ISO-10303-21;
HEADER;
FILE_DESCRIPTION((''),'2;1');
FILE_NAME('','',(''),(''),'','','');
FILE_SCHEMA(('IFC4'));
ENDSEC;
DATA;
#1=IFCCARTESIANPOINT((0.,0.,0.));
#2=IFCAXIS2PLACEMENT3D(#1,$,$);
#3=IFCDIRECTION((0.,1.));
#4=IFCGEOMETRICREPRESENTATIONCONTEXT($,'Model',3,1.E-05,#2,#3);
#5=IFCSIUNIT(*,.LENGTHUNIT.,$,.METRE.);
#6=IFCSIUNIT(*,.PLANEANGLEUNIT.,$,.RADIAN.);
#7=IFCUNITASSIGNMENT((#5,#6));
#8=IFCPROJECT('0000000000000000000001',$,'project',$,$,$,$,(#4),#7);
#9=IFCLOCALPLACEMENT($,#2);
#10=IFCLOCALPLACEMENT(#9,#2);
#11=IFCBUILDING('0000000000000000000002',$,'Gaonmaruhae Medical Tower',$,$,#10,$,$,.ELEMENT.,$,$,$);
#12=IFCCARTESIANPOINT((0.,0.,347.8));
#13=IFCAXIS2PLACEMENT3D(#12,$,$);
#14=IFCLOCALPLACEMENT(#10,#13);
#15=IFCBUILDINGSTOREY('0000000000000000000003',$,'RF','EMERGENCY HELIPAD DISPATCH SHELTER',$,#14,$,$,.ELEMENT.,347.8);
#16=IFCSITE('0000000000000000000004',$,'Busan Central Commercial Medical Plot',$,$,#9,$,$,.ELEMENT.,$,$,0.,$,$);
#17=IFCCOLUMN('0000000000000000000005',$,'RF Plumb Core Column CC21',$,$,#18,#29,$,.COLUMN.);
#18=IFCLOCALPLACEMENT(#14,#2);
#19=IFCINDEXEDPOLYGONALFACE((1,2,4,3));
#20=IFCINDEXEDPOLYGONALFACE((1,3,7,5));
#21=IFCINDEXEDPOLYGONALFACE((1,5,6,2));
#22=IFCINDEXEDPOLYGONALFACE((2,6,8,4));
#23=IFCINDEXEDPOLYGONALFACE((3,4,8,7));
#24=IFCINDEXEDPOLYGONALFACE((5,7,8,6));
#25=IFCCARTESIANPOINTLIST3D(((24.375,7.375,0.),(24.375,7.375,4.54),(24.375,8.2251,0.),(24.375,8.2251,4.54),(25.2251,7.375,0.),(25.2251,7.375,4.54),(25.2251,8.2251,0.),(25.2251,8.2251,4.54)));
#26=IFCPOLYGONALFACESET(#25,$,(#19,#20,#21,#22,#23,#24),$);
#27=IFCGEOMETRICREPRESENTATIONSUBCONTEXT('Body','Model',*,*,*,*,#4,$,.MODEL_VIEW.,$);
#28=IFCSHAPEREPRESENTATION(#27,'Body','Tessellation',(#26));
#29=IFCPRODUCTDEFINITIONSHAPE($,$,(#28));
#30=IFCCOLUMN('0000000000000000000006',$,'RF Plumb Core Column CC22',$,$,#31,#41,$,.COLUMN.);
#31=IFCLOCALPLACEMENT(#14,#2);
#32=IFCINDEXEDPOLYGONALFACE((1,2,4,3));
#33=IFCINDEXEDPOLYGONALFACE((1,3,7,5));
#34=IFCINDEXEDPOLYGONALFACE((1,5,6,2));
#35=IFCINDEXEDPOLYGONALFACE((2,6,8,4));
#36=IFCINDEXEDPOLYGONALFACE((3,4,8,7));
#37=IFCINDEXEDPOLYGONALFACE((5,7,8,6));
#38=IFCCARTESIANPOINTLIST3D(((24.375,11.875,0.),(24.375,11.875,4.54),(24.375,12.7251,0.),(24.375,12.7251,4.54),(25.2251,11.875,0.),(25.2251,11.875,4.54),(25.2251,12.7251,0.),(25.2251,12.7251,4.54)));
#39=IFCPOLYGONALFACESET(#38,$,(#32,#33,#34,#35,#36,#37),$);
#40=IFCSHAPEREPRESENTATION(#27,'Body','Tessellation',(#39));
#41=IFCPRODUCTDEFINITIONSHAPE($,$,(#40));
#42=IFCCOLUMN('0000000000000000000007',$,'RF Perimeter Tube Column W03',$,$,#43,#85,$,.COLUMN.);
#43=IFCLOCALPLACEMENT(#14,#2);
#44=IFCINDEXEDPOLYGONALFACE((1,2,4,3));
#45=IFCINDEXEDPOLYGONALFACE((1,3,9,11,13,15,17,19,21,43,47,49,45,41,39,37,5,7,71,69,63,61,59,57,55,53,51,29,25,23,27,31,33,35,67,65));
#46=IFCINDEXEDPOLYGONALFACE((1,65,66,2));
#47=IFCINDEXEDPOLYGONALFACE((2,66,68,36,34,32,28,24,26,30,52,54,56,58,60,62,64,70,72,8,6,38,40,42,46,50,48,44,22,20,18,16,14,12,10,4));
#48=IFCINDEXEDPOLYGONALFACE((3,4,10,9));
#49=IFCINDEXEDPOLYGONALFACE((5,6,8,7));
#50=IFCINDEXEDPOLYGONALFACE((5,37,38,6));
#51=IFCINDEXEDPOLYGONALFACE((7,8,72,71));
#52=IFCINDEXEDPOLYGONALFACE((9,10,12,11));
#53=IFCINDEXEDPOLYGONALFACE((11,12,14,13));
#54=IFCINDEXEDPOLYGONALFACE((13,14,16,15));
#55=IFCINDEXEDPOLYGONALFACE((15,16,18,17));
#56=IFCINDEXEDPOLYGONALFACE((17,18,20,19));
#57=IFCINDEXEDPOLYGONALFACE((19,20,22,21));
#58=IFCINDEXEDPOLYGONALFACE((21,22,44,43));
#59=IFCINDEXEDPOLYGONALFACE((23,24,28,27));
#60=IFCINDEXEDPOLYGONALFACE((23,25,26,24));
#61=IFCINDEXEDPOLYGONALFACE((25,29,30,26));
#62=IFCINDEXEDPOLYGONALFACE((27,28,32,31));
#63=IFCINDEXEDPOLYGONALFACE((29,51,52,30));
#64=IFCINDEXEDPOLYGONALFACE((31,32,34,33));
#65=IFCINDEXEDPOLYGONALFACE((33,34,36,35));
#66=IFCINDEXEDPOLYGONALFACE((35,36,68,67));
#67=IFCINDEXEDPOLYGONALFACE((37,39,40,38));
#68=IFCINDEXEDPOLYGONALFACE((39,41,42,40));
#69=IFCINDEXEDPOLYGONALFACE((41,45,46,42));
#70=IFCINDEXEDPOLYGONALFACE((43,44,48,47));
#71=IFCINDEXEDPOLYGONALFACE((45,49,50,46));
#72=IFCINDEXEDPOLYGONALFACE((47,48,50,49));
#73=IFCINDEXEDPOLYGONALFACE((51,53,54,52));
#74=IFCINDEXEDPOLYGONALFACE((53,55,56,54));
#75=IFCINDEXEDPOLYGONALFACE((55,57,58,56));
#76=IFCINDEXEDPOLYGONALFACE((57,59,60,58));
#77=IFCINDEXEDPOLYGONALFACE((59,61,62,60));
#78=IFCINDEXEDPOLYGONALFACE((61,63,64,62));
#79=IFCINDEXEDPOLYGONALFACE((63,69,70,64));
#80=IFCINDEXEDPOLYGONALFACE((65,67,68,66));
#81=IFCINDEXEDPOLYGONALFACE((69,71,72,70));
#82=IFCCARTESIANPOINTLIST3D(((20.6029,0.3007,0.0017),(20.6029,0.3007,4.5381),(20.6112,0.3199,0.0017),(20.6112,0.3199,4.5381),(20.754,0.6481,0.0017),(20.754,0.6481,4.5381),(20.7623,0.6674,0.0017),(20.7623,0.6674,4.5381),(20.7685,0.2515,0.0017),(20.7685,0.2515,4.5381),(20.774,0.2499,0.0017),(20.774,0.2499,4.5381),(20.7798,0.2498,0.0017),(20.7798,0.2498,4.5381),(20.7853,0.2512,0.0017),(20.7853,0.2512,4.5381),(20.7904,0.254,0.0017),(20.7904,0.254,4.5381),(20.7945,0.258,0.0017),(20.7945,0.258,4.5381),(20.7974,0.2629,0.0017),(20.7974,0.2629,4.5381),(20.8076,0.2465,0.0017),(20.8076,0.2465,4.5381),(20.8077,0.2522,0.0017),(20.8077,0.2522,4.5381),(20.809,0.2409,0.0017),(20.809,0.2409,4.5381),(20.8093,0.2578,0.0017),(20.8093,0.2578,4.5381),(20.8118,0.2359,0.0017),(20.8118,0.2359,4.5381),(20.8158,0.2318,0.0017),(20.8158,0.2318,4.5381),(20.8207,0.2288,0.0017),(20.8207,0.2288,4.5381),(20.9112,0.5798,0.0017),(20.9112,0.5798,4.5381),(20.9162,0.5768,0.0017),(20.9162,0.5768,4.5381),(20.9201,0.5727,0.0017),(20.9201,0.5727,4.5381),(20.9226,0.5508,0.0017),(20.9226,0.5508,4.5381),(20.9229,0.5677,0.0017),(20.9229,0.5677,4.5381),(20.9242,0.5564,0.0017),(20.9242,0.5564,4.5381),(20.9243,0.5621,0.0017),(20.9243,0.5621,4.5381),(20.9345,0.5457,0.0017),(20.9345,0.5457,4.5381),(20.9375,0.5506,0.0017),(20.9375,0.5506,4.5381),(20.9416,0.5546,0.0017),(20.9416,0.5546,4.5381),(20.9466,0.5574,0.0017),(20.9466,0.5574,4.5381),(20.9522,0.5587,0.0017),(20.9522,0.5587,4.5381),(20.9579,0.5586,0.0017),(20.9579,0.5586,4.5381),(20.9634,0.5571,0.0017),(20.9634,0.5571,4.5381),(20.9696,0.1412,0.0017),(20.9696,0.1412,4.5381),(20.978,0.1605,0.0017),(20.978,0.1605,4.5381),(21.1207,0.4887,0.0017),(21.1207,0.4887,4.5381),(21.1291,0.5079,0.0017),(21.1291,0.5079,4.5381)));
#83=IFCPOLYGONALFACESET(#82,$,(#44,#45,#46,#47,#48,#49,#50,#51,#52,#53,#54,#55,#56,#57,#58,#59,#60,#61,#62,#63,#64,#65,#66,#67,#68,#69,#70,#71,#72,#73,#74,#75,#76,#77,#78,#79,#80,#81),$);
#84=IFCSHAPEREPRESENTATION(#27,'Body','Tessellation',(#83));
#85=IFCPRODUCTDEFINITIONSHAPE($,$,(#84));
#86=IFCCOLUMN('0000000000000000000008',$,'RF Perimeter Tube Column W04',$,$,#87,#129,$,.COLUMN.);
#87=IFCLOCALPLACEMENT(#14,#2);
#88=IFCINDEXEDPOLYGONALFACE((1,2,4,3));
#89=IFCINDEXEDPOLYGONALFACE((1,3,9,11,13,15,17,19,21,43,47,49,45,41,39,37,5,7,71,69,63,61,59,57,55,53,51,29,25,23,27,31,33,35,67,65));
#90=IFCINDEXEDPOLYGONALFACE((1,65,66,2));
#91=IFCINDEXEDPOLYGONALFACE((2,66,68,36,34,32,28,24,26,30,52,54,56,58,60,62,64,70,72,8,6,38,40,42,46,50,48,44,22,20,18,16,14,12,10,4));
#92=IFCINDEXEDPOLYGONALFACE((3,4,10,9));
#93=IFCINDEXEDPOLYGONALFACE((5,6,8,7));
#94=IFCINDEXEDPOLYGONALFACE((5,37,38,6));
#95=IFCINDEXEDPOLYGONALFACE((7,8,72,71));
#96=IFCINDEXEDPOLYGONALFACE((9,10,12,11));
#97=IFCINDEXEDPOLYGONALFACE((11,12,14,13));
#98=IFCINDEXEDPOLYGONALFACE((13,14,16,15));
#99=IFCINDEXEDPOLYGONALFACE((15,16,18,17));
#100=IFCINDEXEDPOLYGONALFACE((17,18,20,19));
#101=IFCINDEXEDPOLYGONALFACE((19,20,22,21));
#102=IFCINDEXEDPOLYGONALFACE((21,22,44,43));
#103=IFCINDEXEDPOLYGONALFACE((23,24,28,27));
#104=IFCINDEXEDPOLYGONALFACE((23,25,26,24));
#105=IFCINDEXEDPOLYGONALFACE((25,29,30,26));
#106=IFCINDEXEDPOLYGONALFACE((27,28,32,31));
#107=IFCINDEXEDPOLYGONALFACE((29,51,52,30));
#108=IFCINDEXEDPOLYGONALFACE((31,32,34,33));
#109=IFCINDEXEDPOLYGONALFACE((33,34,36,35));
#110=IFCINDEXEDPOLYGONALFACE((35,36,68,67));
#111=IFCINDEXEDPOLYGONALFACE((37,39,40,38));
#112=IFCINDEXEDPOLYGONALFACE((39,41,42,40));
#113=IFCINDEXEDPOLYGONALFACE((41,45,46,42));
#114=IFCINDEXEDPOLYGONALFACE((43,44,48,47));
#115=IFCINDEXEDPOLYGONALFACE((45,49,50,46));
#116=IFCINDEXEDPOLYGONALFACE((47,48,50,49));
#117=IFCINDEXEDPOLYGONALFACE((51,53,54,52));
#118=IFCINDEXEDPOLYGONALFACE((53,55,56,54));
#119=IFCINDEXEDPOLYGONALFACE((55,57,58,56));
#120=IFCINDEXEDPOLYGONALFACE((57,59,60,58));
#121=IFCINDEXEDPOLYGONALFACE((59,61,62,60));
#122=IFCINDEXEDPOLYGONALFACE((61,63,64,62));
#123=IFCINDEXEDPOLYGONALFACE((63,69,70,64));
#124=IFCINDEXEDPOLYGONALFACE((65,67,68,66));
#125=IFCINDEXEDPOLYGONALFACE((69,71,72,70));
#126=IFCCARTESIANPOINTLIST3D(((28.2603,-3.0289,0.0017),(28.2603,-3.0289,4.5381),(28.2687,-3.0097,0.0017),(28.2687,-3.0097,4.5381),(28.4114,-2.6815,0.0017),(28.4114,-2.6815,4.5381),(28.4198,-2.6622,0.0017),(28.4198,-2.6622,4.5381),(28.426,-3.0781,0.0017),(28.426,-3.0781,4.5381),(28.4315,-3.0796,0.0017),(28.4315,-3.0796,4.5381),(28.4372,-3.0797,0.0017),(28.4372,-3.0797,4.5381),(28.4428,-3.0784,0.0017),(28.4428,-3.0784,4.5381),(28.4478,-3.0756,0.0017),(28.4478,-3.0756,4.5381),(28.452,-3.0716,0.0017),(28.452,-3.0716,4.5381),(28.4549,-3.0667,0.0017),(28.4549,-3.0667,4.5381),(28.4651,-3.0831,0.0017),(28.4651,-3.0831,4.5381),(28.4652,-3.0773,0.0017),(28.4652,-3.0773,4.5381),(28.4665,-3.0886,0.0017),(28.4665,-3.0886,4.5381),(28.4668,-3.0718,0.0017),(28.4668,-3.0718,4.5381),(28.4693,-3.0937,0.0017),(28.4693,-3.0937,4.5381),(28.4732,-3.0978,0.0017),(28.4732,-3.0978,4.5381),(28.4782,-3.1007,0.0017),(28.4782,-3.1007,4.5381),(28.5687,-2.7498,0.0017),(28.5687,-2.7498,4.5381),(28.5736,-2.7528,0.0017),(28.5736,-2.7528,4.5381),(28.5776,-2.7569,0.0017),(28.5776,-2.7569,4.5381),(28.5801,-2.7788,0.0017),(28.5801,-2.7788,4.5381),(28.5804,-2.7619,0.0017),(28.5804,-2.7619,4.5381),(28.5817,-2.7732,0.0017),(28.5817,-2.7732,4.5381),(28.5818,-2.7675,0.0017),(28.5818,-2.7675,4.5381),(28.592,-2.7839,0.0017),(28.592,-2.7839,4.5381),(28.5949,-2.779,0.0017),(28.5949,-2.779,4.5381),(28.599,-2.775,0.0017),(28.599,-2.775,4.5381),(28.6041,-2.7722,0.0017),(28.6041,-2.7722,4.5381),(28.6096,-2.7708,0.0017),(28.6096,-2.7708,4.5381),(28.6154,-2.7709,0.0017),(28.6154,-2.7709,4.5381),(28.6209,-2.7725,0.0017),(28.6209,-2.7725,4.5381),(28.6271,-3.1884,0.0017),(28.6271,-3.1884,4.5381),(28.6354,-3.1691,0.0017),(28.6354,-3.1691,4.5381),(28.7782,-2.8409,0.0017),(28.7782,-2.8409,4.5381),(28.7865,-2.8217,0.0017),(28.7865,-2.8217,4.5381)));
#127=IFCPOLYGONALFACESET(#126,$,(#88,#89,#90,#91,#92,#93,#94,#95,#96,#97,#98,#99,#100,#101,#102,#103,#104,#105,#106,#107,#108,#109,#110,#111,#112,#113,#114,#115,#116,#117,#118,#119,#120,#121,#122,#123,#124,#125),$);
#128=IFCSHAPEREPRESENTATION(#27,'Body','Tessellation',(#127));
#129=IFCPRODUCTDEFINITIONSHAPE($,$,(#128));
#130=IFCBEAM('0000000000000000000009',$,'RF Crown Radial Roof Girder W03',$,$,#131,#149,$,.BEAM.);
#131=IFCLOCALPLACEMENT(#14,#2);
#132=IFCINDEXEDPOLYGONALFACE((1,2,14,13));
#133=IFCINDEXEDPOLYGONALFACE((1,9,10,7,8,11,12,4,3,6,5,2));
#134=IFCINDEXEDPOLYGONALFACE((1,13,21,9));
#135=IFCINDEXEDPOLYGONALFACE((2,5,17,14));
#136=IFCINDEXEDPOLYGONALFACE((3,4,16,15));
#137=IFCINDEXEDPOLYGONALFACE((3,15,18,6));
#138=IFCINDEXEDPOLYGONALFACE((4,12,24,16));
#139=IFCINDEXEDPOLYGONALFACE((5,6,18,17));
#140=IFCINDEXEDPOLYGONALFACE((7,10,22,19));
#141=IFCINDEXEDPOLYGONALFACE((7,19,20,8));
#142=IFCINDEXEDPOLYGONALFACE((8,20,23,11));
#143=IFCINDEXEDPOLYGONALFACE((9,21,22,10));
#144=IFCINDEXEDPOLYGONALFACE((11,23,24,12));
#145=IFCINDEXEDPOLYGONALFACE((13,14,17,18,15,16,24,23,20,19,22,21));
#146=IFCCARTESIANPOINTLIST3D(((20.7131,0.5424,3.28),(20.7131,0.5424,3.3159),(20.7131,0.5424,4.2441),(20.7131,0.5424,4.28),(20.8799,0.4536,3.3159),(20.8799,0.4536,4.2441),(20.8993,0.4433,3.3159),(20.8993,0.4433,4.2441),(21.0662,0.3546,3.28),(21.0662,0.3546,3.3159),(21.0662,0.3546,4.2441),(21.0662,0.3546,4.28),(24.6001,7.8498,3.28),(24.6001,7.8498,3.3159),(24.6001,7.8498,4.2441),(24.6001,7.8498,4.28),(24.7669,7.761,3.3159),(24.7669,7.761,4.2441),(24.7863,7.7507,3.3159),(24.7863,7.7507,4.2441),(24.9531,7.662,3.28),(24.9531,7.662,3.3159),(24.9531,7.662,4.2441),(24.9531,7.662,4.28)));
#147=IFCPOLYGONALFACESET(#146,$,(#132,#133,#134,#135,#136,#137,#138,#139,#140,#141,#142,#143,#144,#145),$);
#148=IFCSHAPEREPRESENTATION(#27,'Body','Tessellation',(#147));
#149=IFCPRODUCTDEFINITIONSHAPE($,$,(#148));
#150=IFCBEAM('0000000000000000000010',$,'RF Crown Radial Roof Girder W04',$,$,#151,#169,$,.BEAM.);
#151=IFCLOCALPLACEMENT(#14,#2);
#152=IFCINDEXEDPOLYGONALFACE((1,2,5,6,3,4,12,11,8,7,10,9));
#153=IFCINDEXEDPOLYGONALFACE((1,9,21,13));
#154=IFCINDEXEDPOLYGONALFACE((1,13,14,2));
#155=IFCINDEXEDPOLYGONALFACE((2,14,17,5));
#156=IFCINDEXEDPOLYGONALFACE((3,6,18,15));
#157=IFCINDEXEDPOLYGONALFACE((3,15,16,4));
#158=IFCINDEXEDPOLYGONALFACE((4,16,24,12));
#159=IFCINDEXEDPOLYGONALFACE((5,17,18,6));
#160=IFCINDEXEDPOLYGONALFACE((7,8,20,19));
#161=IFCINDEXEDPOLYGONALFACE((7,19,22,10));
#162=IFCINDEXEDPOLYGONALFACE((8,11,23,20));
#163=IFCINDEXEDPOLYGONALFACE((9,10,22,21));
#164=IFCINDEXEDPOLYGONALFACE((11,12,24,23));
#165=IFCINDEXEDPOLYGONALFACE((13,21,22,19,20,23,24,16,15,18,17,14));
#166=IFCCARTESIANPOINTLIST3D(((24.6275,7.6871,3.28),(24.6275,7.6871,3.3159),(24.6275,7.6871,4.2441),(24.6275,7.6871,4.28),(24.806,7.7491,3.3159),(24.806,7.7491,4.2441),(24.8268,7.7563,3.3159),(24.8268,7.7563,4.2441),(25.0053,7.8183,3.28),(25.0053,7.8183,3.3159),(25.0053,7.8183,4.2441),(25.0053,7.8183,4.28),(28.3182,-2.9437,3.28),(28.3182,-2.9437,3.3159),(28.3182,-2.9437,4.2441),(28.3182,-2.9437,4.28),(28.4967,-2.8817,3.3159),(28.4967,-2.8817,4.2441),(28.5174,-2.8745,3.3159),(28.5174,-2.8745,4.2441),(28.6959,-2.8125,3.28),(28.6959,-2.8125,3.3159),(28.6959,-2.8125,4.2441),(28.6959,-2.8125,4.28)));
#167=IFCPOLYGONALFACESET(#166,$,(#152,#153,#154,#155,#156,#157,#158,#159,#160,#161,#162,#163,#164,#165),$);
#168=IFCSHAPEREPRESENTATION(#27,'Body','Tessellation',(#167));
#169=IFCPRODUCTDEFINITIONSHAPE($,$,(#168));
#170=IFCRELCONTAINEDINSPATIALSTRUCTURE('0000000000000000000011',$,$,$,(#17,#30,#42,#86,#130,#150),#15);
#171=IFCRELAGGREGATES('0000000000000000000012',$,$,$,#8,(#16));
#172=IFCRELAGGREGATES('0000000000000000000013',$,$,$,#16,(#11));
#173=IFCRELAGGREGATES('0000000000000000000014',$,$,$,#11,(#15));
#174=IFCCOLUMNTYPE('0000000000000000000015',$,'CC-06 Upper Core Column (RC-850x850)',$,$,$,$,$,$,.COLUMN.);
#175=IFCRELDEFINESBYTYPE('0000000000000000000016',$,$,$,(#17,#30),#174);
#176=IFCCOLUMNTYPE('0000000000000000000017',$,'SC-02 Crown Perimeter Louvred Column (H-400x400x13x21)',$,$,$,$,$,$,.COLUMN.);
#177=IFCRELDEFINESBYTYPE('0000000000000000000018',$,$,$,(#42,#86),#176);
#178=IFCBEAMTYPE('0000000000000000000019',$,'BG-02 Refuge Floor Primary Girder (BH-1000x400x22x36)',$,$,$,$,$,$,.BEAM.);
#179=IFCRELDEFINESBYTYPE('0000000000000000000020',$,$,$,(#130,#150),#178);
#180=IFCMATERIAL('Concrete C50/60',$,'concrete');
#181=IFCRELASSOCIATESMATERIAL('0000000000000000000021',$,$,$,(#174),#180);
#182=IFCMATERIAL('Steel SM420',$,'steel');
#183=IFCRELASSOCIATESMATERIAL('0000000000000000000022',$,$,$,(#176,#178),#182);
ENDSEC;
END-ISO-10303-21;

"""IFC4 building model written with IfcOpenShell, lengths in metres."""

from ifc_helpers import new_model, si_unit, direction, frame, origin, origin_2d, place, context, subcontext, project, spatial, rectangle, i_section, extrude, material, material_profile, profile_set, type_object, element, save


model = new_model("IFC4")

# Units and contexts
model_context = context("Model", 3, precision=1e-05, world=origin(), true_north=direction((0.0, 1.0)))
body_context = subcontext(model_context, "Body", "Model", "MODEL_VIEW")
ifc_project = project(units=[si_unit("LENGTHUNIT", "METRE"), si_unit("PLANEANGLEUNIT", "RADIAN")], contexts=[model_context])

# Site, building, storey
site_placement = place(None, origin())
site = spatial("IfcSite", under=ifc_project, at=site_placement, Name="Busan Central Commercial Medical Plot", CompositionType="ELEMENT", RefElevation=0.0)
building_placement = place(site_placement, origin())
building = spatial("IfcBuilding", under=site, at=building_placement, Name="Gaonmaruhae Medical Tower", CompositionType="ELEMENT")
storey_placement = place(building_placement, frame((0.0, 0.0, 347.8)))
storey = spatial("IfcBuildingStorey", under=building, at=storey_placement, Name="RF", Description="EMERGENCY HELIPAD DISPATCH SHELTER", CompositionType="ELEMENT", Elevation=347.8)

# Columns
ifc_material_1 = material(Name="Concrete C50/60", Category="concrete")
ifc_material_profile_1 = material_profile(ifc_material_1, rectangle(XDim=0.8501, YDim=0.8501, at=origin_2d()), Name="RC-850x850")
ifc_profile_set_1 = profile_set([ifc_material_profile_1], Name="Concrete C50/60")
column_type_1 = type_object("IfcColumnType", Name="CC-06 Upper Core Column (RC-850x850)", PredefinedType="COLUMN", material=ifc_profile_set_1)
for number, where, z_axis, x_axis, name in (
    (1, (24.8, 7.8, 0.0), (0.0, 0.0, 1.0), (1.0, 0.0, 0.0), "RF Plumb Core Column CC21"),
    (2, (24.8, 12.3, 0.0), (0.0, 0.0, 1.0), (1.0, 0.0, 0.0), "RF Plumb Core Column CC22"),
):
    element("IfcColumn", number, at=place(storey_placement, frame(where, z_axis=z_axis, x_axis=x_axis)), inside=storey, type_object=column_type_1, Name=name, PredefinedType="COLUMN", context=body_context, shape_type="SweptSolid", body=[
        extrude(rectangle(XDim=0.8501, YDim=0.8501, at=origin_2d()), origin(), (0.0, 0.0, 1.0), 4.54),
    ])
ifc_material_2 = material(Name="Steel SM420", Category="steel")
ifc_material_profile_2 = material_profile(ifc_material_2, i_section(OverallWidth=0.3999, OverallDepth=0.3999, WebThickness=0.0129, FlangeThickness=0.021, FilletRadius=0.022, at=origin_2d()), Name="H-400x400x13x21")
ifc_profile_set_2 = profile_set([ifc_material_profile_2], Name="Steel SM420")
column_type_2 = type_object("IfcColumnType", Name="SC-02 Crown Perimeter Louvred Column (H-400x400x13x21)", PredefinedType="COLUMN", material=ifc_profile_set_2)
for number, where, z_axis, x_axis, name in (
    (3, (20.866, 0.4043, 0.0017), (0.0, 0.0, 1.0), (-0.91706, 0.398749, 0.0), "RF Perimeter Tube Column W03"),
    (4, (28.5234, -2.9253, 0.0017), (0.0, 0.0, 1.0), (-0.91706, 0.398749, 0.0), "RF Perimeter Tube Column W04"),
):
    element("IfcColumn", number, at=place(storey_placement, frame(where, z_axis=z_axis, x_axis=x_axis)), inside=storey, type_object=column_type_2, Name=name, PredefinedType="COLUMN", context=body_context, shape_type="SweptSolid", body=[
        extrude(i_section(OverallWidth=0.3999, OverallDepth=0.3999, WebThickness=0.0129, FlangeThickness=0.021, FilletRadius=0.022, at=origin_2d()), origin(), (0.0, 0.0, 1.0), 4.5364),
    ])

# Beams
ifc_material_profile_3 = material_profile(ifc_material_2, i_section(OverallWidth=0.3999, OverallDepth=1.0, WebThickness=0.022, FlangeThickness=0.0359, at=origin_2d()), Name="BH-1000x400x22x36")
ifc_profile_set_3 = profile_set([ifc_material_profile_3], Name="Steel SM420")
beam_type_1 = type_object("IfcBeamType", Name="BG-02 Refuge Floor Primary Girder (BH-1000x400x22x36)", PredefinedType="BEAM", material=ifc_profile_set_3)
beam_1_placement = place(storey_placement, frame((24.7766, 7.7559, 3.78), z_axis=(-0.469619, -0.882869, 0.0), x_axis=(0.882869, -0.469619, 0.0)))
element("IfcBeam", 5, at=beam_1_placement, inside=storey, type_object=beam_type_1, Name="RF Crown Radial Roof Girder W03", PredefinedType="BEAM", context=body_context, shape_type="SweptSolid", body=[
    extrude(i_section(OverallWidth=0.3999, OverallDepth=1.0, WebThickness=0.022, FlangeThickness=0.0359, at=origin_2d()), origin(), (0.0, 0.0, 1.0), 8.2769),
])
beam_2_placement = place(storey_placement, frame((24.8164, 7.7527, 3.78), z_axis=(0.327964, -0.94469, 0.0), x_axis=(0.94469, 0.327964, 0.0)))
element("IfcBeam", 6, at=beam_2_placement, inside=storey, type_object=beam_type_1, Name="RF Crown Radial Roof Girder W04", PredefinedType="BEAM", context=body_context, shape_type="SweptSolid", body=[
    extrude(i_section(OverallWidth=0.3999, OverallDepth=1.0, WebThickness=0.022, FlangeThickness=0.0359, at=origin_2d()), origin(), (0.0, 0.0, 1.0), 11.2532),
])

save(model, "model.ifc")
